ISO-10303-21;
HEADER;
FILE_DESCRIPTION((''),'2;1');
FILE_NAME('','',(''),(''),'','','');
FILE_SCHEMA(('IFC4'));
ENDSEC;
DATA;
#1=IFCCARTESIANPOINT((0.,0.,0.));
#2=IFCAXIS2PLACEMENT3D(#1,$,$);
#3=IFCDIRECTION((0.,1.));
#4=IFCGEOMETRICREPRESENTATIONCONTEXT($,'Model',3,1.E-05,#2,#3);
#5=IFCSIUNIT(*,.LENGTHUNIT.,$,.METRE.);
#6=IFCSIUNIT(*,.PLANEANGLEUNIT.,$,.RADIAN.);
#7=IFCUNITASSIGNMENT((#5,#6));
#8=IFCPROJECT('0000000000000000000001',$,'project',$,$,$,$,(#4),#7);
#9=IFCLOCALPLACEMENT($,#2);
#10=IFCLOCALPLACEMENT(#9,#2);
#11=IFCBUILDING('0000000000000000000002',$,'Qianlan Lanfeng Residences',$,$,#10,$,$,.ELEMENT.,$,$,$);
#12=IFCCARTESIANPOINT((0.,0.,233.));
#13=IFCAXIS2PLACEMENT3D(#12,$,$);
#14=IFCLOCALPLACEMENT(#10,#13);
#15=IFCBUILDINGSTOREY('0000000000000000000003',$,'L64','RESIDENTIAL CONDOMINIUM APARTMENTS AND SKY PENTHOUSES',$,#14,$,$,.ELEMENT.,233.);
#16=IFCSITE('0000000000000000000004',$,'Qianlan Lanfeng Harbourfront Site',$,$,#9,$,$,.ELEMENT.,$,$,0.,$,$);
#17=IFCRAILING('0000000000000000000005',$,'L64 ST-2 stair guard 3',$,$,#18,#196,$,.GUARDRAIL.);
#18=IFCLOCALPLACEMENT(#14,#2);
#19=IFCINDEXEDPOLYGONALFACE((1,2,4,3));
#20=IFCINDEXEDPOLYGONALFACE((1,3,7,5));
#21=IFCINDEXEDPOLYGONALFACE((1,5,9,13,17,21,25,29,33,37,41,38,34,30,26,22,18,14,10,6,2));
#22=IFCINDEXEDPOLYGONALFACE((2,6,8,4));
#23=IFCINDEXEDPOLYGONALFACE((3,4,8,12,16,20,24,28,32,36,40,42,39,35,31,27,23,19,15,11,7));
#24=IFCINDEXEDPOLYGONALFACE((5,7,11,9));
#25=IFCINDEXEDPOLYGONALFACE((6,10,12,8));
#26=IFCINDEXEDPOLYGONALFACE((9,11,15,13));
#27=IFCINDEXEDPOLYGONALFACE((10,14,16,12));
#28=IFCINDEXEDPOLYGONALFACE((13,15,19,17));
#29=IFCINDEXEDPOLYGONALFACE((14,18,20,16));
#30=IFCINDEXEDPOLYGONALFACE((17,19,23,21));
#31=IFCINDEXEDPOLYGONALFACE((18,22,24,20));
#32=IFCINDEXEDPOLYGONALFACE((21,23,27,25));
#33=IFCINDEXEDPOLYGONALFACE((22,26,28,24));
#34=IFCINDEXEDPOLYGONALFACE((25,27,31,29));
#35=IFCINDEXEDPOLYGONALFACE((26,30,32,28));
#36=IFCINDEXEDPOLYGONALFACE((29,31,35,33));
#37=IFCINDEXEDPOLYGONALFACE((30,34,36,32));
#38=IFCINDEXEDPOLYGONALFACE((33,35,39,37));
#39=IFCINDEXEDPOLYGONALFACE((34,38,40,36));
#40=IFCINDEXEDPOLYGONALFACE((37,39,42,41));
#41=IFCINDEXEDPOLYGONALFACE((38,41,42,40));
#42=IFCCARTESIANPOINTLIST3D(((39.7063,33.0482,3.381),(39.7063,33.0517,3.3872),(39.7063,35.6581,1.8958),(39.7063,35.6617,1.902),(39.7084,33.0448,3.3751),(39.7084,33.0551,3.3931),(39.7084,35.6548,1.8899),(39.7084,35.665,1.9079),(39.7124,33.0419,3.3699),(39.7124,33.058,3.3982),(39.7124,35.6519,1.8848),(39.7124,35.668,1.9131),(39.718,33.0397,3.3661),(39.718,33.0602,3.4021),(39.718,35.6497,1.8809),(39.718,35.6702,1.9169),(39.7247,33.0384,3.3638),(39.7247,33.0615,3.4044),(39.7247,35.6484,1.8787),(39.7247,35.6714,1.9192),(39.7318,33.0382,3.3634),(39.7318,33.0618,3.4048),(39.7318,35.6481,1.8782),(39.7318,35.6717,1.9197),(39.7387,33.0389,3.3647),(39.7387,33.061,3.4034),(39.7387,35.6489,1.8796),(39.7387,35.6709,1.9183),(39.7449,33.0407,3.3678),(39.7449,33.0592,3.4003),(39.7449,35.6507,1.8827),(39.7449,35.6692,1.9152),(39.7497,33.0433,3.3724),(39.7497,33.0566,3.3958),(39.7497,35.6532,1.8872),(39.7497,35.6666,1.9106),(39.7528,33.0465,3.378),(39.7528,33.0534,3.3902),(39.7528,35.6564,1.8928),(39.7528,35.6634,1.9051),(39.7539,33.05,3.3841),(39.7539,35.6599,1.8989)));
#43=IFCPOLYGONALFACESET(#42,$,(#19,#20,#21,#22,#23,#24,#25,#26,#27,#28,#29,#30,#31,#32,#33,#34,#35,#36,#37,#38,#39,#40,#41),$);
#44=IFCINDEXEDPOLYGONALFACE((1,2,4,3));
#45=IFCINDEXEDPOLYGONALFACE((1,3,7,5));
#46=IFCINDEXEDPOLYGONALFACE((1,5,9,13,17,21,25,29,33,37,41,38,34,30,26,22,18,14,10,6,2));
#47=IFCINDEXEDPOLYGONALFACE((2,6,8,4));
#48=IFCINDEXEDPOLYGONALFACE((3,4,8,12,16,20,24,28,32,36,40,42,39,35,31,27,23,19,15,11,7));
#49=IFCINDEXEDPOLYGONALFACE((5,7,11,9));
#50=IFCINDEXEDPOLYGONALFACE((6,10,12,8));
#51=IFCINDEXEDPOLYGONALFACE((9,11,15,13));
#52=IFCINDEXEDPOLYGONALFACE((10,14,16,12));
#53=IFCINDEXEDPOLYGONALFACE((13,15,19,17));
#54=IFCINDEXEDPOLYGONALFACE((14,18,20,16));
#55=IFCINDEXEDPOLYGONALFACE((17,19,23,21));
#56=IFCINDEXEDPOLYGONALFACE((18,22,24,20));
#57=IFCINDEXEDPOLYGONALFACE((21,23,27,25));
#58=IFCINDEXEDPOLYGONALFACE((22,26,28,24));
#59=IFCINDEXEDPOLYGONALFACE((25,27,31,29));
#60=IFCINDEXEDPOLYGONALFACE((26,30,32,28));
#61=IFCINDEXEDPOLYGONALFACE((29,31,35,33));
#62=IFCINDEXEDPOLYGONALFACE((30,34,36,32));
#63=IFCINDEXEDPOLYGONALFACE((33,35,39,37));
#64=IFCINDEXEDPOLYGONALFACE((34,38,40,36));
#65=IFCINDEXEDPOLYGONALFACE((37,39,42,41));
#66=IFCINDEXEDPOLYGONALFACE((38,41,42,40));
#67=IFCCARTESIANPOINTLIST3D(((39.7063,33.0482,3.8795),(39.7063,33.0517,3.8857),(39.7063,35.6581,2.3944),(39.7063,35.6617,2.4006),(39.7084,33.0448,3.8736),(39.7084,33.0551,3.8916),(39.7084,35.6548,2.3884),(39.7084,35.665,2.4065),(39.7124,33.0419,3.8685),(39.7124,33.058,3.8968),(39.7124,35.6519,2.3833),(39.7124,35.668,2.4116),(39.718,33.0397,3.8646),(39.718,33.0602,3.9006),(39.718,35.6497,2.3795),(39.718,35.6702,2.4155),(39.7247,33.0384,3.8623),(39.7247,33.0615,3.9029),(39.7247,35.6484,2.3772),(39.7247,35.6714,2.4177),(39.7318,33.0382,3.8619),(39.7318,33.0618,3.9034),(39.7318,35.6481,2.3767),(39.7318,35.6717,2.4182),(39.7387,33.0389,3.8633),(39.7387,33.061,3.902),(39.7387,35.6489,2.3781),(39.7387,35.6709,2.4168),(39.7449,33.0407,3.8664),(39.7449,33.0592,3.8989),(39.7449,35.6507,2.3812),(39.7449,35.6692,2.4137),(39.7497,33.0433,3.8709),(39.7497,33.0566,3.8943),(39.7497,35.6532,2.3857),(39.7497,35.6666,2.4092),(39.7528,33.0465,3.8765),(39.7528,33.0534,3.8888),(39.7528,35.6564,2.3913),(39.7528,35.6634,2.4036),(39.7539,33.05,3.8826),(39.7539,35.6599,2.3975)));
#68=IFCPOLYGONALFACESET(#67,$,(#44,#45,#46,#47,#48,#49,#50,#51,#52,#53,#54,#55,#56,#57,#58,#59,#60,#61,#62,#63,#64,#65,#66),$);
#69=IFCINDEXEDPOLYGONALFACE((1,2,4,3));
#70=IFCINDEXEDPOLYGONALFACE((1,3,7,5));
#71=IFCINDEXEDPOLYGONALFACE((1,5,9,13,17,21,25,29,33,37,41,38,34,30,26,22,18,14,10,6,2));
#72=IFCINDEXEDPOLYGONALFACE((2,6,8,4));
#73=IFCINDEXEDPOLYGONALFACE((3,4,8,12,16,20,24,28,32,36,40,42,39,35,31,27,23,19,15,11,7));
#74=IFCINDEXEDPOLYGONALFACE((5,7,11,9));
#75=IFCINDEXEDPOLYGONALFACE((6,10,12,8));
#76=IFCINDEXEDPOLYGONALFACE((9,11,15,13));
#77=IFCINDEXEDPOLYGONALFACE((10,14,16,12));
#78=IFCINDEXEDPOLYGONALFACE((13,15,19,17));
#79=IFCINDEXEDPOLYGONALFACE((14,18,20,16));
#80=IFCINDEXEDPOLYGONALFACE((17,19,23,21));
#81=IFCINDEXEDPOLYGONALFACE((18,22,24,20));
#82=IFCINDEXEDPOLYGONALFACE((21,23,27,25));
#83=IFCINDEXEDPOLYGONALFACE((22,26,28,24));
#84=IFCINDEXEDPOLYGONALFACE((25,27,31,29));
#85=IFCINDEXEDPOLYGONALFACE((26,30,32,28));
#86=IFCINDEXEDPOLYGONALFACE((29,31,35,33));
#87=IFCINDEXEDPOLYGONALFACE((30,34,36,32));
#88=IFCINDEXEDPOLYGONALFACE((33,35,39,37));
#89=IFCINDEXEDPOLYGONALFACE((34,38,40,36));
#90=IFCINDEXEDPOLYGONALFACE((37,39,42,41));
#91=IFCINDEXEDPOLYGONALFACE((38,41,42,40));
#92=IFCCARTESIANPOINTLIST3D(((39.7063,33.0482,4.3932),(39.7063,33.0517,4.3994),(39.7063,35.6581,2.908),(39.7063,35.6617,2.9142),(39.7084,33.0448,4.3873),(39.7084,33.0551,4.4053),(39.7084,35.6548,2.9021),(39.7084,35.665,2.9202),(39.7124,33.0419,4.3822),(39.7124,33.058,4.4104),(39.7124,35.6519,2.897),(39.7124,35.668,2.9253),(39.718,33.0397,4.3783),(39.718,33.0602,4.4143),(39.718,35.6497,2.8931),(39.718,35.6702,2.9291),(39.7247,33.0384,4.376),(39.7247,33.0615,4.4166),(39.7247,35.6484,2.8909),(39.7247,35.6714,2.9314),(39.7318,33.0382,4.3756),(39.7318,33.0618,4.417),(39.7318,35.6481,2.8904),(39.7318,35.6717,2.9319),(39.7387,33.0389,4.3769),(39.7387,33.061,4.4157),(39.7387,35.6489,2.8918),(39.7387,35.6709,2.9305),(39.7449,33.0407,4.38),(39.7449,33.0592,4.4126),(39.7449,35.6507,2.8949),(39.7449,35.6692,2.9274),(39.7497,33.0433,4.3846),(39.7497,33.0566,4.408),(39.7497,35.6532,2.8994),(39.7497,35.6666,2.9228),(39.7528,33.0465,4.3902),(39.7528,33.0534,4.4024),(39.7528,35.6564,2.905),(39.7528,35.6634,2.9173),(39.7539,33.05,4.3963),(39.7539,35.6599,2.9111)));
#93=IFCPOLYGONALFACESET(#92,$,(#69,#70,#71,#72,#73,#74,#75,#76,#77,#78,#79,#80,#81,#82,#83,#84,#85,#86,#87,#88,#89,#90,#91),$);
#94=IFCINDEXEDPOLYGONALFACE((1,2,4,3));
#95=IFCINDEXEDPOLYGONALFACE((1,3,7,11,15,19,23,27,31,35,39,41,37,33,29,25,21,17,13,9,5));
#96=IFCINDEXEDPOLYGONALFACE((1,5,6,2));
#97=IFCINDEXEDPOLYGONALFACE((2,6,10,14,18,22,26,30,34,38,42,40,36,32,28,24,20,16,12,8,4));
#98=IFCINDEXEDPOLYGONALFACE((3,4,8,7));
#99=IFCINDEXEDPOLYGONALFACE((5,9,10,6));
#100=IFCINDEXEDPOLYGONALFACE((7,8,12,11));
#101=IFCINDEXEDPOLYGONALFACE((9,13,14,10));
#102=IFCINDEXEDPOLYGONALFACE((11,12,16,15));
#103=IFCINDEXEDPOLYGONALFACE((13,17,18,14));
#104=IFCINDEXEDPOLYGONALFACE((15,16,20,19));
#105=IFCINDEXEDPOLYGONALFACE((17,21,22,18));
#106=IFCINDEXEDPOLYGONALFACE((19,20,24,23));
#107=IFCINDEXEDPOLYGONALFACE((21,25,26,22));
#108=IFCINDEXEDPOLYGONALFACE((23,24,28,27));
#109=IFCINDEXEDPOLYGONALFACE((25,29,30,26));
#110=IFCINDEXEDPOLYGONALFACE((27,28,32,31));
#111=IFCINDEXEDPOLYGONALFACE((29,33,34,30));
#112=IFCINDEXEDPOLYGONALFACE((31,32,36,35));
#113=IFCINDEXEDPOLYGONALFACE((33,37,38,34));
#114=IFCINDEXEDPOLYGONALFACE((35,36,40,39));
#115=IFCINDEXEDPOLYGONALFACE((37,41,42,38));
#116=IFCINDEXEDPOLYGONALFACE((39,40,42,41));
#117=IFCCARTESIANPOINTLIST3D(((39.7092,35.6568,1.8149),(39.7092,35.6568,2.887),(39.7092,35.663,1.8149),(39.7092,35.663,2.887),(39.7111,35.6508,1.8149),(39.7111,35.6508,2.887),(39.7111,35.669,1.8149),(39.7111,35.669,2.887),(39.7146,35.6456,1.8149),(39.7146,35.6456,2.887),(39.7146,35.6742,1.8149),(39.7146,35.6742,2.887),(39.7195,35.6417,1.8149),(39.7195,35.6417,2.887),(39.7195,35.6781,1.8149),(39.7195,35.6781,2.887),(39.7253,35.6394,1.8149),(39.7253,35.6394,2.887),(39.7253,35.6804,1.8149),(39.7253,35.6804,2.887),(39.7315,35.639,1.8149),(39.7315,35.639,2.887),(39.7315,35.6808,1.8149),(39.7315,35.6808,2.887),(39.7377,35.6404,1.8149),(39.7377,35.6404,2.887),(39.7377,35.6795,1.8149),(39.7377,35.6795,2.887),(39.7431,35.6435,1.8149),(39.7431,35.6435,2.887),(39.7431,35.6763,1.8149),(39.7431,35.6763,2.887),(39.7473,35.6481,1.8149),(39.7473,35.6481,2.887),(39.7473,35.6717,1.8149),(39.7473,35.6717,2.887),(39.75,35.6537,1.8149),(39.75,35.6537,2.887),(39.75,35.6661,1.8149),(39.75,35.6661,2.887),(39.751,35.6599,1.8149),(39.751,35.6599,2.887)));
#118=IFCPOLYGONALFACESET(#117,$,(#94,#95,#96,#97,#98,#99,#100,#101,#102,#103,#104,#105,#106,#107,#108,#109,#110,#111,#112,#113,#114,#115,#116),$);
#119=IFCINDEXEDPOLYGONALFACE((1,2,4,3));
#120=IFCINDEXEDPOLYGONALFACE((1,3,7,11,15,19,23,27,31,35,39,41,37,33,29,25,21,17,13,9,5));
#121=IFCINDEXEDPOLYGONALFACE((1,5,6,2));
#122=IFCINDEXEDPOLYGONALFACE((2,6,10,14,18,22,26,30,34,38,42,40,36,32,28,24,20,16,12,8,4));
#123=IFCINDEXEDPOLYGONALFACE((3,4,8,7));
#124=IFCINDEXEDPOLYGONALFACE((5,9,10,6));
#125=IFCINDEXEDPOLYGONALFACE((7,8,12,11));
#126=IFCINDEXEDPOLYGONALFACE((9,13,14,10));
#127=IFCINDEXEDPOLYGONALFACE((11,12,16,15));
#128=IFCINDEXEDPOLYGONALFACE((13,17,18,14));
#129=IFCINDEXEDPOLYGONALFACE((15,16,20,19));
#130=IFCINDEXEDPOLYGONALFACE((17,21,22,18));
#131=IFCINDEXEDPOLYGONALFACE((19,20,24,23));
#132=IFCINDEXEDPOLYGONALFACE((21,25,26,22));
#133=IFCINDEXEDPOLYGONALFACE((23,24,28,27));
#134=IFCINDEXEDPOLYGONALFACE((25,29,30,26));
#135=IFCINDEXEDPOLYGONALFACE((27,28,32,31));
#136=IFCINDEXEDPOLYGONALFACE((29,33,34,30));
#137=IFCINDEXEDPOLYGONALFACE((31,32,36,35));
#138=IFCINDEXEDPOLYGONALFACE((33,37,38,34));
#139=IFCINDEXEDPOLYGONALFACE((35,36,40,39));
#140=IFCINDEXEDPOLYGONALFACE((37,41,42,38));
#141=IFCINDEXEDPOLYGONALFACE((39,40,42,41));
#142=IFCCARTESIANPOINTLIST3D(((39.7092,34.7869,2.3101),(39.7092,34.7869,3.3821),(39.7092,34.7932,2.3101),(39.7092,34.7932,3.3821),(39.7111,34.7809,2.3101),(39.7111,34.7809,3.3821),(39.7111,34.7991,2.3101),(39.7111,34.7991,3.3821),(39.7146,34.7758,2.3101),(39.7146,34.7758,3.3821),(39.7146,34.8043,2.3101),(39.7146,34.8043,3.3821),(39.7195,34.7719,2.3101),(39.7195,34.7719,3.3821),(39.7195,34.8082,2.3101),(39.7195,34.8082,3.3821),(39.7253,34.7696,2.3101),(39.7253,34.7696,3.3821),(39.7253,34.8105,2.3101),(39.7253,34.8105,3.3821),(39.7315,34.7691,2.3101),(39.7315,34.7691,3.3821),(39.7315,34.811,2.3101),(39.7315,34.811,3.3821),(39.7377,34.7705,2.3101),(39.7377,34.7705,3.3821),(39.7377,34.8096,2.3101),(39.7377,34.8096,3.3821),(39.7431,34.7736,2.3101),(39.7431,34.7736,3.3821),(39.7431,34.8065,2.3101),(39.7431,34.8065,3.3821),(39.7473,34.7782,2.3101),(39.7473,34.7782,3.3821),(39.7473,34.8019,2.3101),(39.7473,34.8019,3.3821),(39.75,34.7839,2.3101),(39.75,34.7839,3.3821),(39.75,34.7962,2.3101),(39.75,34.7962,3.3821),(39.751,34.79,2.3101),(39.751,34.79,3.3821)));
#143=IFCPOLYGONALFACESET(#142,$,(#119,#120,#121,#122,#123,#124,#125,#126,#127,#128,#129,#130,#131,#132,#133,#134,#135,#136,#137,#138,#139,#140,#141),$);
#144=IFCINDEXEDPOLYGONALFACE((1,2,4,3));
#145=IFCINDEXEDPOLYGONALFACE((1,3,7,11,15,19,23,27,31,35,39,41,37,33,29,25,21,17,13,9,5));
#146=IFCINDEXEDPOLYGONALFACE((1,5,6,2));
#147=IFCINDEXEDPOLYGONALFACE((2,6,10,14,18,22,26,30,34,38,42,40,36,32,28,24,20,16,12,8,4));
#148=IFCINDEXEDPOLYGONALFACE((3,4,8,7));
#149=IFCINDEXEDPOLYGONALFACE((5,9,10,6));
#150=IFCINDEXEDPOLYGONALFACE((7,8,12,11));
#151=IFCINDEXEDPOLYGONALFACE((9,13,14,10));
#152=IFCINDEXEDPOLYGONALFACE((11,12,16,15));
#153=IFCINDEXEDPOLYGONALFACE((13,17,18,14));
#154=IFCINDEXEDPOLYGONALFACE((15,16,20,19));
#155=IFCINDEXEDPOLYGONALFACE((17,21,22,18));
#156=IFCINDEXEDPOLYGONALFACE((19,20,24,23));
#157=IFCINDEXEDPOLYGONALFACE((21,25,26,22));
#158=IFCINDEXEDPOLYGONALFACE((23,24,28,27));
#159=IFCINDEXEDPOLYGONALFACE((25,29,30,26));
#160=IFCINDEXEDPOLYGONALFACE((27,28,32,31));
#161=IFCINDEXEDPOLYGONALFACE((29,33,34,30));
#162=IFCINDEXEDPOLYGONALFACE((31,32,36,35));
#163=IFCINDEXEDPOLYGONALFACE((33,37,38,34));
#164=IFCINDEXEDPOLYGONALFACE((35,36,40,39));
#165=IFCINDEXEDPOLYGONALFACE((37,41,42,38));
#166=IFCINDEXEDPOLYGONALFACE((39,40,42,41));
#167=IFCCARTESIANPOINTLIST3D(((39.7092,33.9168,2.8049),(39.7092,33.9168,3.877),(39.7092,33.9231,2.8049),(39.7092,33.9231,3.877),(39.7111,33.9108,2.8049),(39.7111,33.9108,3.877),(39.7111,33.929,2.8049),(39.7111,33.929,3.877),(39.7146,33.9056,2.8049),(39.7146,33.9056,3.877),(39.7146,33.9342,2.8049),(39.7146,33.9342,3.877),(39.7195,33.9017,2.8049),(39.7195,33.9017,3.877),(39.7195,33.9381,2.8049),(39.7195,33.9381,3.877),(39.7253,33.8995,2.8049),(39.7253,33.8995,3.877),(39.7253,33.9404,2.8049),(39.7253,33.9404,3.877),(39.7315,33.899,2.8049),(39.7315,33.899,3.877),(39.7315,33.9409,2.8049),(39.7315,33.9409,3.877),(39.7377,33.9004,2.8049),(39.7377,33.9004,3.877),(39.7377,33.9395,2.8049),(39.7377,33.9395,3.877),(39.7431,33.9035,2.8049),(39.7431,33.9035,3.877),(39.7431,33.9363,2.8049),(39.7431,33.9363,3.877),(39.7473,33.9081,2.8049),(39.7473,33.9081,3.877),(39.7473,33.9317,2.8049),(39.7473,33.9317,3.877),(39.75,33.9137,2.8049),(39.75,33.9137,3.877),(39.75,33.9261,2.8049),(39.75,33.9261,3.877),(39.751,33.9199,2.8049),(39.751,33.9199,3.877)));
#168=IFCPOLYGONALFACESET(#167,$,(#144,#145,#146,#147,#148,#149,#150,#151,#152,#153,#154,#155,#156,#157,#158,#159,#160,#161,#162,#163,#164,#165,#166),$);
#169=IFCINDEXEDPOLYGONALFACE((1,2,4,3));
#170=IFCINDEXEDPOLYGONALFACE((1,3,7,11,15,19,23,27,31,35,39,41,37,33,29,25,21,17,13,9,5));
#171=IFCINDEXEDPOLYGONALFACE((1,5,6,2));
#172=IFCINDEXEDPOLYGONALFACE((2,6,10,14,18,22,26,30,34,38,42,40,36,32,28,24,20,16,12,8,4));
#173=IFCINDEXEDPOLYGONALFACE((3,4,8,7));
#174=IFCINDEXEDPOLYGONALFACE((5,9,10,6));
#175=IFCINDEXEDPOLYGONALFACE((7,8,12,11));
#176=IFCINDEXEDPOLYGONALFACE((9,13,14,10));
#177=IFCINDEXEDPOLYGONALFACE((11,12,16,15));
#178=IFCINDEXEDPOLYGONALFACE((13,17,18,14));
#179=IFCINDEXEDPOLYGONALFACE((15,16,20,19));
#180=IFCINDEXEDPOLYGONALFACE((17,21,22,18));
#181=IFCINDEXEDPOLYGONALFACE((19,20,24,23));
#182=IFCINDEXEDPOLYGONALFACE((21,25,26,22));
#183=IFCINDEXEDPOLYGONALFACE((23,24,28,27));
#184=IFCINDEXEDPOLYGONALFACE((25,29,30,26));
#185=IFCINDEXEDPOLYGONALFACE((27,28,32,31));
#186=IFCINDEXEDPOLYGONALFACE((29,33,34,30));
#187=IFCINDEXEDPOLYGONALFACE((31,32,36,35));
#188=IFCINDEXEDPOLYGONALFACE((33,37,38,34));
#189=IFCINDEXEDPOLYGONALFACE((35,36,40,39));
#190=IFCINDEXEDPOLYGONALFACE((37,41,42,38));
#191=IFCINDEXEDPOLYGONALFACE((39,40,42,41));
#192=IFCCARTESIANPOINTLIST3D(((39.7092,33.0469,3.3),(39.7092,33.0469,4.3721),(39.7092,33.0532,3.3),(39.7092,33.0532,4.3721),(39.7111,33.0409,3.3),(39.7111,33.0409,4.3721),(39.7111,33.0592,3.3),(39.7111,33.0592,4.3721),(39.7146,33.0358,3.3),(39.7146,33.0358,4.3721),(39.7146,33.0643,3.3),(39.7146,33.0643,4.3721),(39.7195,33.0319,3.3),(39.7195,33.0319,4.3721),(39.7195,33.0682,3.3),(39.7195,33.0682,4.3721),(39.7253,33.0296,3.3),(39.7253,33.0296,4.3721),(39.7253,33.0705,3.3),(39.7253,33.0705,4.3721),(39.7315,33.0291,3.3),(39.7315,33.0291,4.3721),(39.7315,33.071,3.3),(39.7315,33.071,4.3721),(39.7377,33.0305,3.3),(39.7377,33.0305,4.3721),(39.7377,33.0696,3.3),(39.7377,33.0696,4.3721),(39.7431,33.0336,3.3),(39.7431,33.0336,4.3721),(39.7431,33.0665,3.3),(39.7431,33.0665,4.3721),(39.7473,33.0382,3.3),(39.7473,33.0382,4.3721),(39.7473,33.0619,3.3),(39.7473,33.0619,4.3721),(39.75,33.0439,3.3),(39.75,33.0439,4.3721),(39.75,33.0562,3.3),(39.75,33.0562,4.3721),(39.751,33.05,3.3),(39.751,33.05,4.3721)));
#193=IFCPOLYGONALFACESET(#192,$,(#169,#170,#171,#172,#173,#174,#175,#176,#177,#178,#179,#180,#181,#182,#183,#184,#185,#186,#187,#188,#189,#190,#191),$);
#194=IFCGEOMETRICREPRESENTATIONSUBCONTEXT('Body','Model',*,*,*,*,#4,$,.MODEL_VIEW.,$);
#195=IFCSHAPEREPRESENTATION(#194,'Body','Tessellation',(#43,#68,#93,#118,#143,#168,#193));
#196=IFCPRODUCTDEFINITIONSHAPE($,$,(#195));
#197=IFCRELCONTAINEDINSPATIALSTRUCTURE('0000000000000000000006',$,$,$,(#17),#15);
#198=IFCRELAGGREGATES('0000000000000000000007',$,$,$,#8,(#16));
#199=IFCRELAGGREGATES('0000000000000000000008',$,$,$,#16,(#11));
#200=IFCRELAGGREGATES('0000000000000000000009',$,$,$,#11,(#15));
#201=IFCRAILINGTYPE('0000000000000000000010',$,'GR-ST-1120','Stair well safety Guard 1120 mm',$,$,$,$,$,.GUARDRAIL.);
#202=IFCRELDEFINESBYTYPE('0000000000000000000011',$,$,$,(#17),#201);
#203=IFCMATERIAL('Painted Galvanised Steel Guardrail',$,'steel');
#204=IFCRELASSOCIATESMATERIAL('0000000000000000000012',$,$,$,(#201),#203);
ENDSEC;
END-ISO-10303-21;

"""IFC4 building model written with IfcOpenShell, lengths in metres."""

from ifc_helpers import new_model, si_unit, direction, frame, origin, origin_2d, place, context, subcontext, project, spatial, circle, extrude, material, type_object, element, save


model = new_model("IFC4")

# Units and contexts
model_context = context("Model", 3, precision=1e-05, world=origin(), true_north=direction((0.0, 1.0)))
body_context = subcontext(model_context, "Body", "Model", "MODEL_VIEW")
ifc_project = project(units=[si_unit("LENGTHUNIT", "METRE"), si_unit("PLANEANGLEUNIT", "RADIAN")], contexts=[model_context])

# Site, building, storey
site_placement = place(None, origin())
site = spatial("IfcSite", under=ifc_project, at=site_placement, Name="Qianlan Lanfeng Harbourfront Site", CompositionType="ELEMENT", RefElevation=0.0)
building_placement = place(site_placement, origin())
building = spatial("IfcBuilding", under=site, at=building_placement, Name="Qianlan Lanfeng Residences", CompositionType="ELEMENT")
storey_placement = place(building_placement, frame((0.0, 0.0, 233.0)))
storey = spatial("IfcBuildingStorey", under=building, at=storey_placement, Name="L64", Description="RESIDENTIAL CONDOMINIUM APARTMENTS AND SKY PENTHOUSES", CompositionType="ELEMENT", Elevation=233.0)

# Railing
ifc_material_1 = material(Name="Painted Galvanised Steel Guardrail", Category="steel")
railing_type_1 = type_object("IfcRailingType", Name="GR-ST-1120", Description="Stair well safety Guard 1120 mm", PredefinedType="GUARDRAIL", material=ifc_material_1)
railing_1_placement = place(storey_placement, frame((39.73, 35.6599, 1.8149)))
element("IfcRailing", 1, at=railing_1_placement, inside=storey, type_object=railing_type_1, Name="L64 ST-2 stair guard 3", PredefinedType="GUARDRAIL", context=body_context, shape_type="SweptSolid", body=[
    extrude(circle(Radius=0.0239, at=origin_2d()), frame((0.0, 0.0, 0.084), z_axis=(0.0, -0.869137, 0.494571), x_axis=(1.0, 0.0, 0.0)), (0.0, 0.0, 1.0), 3.0029),
    extrude(circle(Radius=0.0239, at=origin_2d()), frame((0.0, 0.0, 0.5825), z_axis=(0.0, -0.869137, 0.494571), x_axis=(1.0, 0.0, 0.0)), (0.0, 0.0, 1.0), 3.0029),
    extrude(circle(Radius=0.0239, at=origin_2d()), frame((0.0, 0.0, 1.0962), z_axis=(0.0, -0.869137, 0.494571), x_axis=(1.0, 0.0, 0.0)), (0.0, 0.0, 1.0), 3.0029),
    extrude(circle(Radius=0.021, at=origin_2d()), origin(), (0.0, 0.0, 1.0), 1.072),
    extrude(circle(Radius=0.021, at=origin_2d()), frame((0.0, -0.8699, 0.4951)), (0.0, 0.0, 1.0), 1.072),
    extrude(circle(Radius=0.021, at=origin_2d()), frame((0.0, -1.74, 0.99)), (0.0, 0.0, 1.0), 1.072),
    extrude(circle(Radius=0.021, at=origin_2d()), frame((0.0, -2.6099, 1.4851)), (0.0, 0.0, 1.0), 1.072),
])

save(model, "model.ifc")
